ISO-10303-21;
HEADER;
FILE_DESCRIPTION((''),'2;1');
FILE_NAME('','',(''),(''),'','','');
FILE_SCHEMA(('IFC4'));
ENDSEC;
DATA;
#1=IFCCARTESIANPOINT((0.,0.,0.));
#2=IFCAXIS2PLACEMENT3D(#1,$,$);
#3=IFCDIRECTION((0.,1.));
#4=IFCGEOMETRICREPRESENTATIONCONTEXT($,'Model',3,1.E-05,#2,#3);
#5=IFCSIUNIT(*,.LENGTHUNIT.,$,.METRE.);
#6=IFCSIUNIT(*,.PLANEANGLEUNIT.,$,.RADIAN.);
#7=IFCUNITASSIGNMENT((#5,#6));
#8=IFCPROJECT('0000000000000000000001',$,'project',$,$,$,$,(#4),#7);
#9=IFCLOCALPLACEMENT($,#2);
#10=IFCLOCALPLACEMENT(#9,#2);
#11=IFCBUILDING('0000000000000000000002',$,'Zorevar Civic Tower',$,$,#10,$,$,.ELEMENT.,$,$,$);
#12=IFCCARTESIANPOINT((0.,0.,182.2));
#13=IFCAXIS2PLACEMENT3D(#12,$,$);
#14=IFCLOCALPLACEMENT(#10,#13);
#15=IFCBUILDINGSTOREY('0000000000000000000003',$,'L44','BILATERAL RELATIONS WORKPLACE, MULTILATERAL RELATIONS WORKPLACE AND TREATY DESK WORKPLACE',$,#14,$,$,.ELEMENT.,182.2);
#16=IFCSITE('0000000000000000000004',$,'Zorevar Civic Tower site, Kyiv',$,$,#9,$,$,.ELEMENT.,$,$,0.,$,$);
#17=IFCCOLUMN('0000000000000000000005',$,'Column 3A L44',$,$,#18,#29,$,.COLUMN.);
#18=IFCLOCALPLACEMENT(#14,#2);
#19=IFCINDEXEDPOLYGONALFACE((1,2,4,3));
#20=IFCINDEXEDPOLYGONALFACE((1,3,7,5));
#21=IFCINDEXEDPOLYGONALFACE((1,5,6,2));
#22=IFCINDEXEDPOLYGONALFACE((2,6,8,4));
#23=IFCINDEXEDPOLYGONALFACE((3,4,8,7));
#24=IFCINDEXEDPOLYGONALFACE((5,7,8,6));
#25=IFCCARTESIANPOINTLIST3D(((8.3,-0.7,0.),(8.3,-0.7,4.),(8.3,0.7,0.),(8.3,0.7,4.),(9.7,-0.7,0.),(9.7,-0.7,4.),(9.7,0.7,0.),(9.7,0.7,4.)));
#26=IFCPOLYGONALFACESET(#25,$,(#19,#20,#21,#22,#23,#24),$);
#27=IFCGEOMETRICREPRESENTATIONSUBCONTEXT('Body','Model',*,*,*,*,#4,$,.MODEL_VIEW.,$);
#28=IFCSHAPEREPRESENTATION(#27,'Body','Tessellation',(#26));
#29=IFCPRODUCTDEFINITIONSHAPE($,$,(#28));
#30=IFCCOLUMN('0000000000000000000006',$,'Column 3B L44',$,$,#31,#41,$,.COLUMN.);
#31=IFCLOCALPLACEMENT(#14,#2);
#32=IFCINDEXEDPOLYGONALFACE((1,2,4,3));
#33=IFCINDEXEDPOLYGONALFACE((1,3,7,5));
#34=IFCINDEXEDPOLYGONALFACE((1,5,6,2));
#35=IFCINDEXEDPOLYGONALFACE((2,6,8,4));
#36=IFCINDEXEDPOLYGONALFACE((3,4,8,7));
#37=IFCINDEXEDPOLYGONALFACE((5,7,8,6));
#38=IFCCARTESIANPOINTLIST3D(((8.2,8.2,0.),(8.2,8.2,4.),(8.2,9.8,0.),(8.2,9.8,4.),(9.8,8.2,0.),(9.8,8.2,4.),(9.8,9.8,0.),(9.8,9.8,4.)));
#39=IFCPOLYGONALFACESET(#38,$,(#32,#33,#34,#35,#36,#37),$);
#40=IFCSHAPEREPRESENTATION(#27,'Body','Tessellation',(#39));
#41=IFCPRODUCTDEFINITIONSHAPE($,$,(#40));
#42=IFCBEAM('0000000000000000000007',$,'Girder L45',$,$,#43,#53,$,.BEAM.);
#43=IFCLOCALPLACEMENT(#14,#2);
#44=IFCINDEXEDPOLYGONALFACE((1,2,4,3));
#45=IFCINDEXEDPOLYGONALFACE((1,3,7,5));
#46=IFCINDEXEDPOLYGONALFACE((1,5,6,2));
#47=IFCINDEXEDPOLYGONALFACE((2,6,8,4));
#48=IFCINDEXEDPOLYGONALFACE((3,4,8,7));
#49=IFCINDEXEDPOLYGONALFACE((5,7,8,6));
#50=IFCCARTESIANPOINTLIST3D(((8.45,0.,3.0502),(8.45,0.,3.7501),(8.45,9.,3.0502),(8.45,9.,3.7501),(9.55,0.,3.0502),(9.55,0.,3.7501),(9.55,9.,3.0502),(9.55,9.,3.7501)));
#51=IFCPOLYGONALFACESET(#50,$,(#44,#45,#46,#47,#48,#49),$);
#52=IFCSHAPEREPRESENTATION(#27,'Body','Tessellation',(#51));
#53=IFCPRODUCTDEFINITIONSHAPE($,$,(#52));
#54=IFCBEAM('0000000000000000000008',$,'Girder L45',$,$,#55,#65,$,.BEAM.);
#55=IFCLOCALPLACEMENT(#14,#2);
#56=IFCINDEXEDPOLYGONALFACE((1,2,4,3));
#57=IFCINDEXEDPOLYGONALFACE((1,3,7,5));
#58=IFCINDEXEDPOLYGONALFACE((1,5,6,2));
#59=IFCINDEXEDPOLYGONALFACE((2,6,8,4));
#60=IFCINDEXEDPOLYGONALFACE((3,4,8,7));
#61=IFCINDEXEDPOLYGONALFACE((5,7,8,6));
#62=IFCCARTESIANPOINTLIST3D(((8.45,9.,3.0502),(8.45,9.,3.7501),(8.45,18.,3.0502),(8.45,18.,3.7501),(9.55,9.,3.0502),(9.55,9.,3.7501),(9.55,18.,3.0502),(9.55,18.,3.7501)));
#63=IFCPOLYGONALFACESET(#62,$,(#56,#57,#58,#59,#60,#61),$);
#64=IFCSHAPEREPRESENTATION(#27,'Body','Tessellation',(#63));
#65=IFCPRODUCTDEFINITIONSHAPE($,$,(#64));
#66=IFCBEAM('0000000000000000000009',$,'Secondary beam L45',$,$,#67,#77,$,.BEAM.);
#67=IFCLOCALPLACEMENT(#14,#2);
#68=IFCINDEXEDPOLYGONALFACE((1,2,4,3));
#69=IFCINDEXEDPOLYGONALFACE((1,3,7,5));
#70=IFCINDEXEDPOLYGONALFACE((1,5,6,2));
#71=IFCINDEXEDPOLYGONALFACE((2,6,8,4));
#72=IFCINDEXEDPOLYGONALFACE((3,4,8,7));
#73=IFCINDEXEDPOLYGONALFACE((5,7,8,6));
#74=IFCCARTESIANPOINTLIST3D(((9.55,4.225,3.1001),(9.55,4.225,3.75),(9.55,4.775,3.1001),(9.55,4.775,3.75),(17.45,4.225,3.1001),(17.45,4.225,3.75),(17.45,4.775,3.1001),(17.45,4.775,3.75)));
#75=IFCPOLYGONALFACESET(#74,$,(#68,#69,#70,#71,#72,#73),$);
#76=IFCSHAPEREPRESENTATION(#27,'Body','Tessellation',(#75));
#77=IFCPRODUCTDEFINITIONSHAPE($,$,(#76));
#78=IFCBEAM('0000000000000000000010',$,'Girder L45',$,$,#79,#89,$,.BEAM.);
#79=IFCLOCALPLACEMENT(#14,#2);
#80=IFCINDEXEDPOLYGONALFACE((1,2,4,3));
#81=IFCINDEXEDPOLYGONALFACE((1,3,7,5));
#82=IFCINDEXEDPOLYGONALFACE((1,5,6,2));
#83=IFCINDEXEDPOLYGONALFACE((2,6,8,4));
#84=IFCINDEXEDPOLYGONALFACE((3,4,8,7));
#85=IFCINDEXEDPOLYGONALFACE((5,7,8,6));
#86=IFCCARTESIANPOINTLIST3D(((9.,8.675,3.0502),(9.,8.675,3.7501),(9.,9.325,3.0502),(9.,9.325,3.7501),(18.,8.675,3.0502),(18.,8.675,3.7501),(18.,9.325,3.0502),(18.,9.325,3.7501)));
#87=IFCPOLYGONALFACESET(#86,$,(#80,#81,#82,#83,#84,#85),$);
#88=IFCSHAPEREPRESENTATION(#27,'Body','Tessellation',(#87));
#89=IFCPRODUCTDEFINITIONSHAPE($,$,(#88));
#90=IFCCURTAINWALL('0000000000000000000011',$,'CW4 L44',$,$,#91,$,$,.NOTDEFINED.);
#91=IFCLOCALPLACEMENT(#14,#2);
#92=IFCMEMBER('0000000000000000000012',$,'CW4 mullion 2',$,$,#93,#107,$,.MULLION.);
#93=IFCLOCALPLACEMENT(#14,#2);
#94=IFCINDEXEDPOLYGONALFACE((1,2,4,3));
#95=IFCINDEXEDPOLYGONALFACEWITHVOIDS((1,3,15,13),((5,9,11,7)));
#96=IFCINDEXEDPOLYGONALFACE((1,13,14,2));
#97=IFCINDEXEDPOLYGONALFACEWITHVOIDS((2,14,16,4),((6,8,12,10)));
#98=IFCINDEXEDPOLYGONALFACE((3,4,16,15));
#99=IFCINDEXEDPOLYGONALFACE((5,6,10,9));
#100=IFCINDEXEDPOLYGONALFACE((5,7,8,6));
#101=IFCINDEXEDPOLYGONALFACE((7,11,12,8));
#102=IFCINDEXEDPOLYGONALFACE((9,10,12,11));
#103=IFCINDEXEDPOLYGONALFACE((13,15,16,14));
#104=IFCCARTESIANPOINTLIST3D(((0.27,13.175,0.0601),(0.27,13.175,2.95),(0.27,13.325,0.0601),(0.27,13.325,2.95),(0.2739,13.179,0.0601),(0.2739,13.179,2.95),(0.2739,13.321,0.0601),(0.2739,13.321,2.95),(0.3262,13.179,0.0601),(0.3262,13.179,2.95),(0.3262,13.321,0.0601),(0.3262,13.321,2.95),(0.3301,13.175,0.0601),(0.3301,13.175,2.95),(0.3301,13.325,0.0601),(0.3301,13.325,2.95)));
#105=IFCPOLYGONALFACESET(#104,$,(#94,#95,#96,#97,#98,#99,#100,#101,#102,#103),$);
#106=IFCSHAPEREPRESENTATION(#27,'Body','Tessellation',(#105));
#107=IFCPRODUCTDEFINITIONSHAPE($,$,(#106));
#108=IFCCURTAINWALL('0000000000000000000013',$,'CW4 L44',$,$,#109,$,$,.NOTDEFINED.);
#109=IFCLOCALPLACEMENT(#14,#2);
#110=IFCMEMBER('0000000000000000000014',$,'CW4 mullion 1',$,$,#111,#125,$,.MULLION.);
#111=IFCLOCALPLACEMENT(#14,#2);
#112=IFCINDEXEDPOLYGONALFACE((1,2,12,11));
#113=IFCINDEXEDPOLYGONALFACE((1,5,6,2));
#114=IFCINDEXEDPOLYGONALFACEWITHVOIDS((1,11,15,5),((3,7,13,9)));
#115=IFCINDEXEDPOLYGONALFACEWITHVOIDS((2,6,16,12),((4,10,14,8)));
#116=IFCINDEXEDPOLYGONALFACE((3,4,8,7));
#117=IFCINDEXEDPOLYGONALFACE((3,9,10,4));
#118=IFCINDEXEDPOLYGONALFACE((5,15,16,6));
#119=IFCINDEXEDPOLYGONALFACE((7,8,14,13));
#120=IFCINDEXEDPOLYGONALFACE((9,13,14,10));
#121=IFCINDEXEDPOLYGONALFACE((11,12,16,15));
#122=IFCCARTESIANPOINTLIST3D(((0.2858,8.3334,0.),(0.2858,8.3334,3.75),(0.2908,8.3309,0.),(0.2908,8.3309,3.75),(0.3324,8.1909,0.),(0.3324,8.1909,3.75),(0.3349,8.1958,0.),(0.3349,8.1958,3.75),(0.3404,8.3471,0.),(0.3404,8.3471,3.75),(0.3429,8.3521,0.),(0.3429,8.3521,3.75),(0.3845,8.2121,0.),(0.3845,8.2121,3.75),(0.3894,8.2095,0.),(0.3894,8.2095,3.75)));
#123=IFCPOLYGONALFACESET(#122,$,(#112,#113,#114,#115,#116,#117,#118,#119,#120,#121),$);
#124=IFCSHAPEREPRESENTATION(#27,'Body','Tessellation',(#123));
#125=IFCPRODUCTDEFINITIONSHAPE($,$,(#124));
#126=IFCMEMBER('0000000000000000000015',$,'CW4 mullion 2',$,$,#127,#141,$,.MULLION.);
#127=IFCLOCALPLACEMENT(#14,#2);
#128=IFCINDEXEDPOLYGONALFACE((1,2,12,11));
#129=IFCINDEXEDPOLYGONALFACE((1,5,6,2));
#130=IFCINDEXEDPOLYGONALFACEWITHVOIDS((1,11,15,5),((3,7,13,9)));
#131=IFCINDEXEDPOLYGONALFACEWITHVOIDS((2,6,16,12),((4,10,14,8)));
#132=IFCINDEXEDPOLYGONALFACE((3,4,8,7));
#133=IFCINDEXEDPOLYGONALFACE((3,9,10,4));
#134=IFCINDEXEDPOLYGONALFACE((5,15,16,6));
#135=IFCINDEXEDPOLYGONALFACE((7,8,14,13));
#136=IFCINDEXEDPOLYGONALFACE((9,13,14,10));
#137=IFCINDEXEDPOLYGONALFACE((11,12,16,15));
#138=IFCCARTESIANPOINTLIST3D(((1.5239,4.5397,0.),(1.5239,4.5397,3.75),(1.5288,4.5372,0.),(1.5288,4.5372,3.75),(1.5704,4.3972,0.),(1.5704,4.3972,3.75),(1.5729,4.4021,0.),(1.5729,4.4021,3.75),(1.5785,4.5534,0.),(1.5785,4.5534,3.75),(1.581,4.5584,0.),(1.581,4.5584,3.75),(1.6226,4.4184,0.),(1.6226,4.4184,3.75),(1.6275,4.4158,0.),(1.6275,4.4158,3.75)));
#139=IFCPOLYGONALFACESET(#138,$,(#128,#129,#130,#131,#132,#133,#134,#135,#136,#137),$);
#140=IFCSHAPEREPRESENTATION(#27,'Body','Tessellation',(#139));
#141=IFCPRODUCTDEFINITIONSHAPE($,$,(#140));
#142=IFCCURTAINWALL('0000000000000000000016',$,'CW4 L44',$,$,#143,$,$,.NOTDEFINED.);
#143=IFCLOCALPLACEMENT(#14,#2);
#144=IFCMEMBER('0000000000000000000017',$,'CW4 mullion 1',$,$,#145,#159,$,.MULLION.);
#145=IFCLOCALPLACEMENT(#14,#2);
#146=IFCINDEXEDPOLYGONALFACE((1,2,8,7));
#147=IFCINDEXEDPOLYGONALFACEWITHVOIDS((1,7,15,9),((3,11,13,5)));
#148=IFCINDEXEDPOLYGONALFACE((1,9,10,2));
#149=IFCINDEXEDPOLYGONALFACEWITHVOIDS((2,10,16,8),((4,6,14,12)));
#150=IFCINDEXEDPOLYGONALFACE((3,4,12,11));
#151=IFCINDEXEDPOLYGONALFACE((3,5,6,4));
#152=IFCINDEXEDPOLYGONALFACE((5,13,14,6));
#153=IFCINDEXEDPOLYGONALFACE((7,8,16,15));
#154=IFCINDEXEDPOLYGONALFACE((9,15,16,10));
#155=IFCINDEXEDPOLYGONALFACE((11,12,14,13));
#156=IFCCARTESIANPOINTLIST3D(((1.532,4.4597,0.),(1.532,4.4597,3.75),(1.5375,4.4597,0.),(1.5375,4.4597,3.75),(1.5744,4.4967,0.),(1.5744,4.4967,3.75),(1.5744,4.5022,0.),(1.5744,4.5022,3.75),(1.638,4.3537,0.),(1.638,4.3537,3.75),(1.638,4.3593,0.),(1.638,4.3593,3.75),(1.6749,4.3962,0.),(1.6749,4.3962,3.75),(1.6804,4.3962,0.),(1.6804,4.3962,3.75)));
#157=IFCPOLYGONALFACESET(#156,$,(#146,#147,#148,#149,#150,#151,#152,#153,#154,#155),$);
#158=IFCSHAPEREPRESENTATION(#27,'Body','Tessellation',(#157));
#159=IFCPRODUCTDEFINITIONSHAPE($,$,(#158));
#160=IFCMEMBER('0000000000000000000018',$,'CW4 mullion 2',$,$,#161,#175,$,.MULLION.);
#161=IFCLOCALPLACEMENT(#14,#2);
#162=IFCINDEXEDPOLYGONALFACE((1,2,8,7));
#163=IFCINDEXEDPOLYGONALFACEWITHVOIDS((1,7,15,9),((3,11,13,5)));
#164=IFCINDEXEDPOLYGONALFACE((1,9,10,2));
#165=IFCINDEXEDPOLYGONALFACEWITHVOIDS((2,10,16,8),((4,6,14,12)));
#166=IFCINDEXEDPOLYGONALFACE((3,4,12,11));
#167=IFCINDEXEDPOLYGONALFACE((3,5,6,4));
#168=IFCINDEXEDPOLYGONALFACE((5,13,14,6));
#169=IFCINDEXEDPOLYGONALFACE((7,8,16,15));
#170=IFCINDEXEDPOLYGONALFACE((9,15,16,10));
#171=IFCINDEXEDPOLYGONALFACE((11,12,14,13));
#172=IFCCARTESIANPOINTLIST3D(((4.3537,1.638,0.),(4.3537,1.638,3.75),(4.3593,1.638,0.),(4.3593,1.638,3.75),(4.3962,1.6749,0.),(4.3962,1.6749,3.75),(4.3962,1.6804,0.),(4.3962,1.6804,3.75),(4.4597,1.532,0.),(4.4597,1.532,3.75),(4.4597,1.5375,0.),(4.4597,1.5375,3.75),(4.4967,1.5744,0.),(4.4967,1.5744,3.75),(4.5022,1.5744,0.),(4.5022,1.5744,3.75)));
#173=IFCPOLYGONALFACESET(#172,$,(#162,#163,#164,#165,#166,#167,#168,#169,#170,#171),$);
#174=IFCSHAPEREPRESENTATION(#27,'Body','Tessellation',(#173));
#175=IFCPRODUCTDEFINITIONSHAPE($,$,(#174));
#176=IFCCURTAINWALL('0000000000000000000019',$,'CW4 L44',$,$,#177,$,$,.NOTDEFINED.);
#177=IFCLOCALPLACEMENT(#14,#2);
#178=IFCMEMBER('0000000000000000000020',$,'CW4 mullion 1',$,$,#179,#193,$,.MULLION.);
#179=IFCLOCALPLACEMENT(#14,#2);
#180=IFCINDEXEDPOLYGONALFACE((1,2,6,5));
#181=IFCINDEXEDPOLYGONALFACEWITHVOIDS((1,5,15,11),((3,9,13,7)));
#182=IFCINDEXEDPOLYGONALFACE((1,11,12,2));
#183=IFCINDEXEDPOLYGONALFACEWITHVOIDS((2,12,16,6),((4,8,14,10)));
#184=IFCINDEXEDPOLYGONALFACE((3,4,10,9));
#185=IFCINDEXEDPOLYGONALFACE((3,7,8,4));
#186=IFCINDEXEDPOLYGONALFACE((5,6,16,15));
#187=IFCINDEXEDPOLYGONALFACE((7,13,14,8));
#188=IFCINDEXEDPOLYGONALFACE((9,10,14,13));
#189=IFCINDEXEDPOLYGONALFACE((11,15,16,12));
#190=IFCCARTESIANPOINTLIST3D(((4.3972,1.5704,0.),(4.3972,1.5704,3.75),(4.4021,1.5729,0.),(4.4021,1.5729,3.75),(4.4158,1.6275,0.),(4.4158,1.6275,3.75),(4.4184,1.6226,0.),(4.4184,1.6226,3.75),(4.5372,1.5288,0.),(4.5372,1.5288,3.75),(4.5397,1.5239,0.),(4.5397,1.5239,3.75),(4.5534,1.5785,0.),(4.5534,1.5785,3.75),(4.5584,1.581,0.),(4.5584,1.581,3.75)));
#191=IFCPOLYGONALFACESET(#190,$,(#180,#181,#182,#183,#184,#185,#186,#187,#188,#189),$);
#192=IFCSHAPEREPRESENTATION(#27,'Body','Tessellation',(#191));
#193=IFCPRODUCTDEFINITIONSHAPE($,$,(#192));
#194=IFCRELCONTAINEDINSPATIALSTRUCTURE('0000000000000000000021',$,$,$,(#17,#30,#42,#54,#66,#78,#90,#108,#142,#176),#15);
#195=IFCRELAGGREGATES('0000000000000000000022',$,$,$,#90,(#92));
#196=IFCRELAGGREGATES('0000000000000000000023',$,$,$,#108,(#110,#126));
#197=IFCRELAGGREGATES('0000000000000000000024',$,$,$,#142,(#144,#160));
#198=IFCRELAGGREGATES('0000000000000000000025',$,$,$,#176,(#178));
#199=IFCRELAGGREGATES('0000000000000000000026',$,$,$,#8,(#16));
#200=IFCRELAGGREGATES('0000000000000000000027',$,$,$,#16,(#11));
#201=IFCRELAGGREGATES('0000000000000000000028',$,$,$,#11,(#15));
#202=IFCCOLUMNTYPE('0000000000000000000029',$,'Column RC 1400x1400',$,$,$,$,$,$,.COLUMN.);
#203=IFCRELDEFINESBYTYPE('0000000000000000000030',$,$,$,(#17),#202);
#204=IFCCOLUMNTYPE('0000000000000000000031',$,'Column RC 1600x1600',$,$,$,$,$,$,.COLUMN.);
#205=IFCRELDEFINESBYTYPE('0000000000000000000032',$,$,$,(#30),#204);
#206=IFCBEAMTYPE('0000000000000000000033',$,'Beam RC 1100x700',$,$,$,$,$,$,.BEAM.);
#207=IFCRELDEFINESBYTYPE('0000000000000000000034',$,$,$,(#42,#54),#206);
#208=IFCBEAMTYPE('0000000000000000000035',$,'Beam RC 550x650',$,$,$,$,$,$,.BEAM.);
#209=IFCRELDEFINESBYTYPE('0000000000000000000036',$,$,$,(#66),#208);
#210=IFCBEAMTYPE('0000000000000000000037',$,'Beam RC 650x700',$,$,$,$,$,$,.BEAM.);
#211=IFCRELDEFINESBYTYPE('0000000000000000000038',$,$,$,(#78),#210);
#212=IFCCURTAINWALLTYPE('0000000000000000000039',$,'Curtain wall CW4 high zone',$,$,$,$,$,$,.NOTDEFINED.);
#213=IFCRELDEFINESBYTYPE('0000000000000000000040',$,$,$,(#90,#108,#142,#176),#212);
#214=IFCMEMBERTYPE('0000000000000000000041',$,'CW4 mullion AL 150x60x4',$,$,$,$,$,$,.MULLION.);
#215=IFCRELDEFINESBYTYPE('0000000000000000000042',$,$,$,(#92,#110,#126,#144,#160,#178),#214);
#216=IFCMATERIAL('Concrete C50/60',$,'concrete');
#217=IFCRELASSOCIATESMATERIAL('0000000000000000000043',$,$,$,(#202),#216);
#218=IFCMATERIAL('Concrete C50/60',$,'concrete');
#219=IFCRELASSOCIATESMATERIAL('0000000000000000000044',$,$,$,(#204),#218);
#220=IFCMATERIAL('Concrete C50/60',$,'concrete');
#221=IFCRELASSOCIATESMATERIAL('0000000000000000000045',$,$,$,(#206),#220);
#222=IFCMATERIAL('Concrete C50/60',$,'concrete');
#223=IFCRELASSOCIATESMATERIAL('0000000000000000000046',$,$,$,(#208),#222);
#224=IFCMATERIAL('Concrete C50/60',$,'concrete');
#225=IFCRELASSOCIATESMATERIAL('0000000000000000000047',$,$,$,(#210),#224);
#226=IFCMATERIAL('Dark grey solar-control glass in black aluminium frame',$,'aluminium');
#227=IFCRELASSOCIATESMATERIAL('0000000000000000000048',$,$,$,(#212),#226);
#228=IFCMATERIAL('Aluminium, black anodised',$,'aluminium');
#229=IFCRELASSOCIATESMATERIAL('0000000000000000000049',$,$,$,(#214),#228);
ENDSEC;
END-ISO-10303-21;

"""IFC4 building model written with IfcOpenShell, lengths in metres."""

from ifc_helpers import new_model, si_unit, direction, frame, origin, origin_2d, place, context, subcontext, project, spatial, rectangle, hollow_rectangle, extrude, material, material_profile, profile_set, type_object, element, aggregate, save


model = new_model("IFC4")

# Units and contexts
model_context = context("Model", 3, precision=1e-05, world=origin(), true_north=direction((0.0, 1.0)))
body_context = subcontext(model_context, "Body", "Model", "MODEL_VIEW")
ifc_project = project(units=[si_unit("LENGTHUNIT", "METRE"), si_unit("PLANEANGLEUNIT", "RADIAN")], contexts=[model_context])

# Site, building, storey
site_placement = place(None, origin())
site = spatial("IfcSite", under=ifc_project, at=site_placement, Name="Zorevar Civic Tower site, Kyiv", CompositionType="ELEMENT", RefElevation=0.0)
building_placement = place(site_placement, origin())
building = spatial("IfcBuilding", under=site, at=building_placement, Name="Zorevar Civic Tower", CompositionType="ELEMENT")
storey_placement = place(building_placement, frame((0.0, 0.0, 182.2)))
storey = spatial("IfcBuildingStorey", under=building, at=storey_placement, Name="L44", Description="BILATERAL RELATIONS WORKPLACE, MULTILATERAL RELATIONS WORKPLACE AND TREATY DESK WORKPLACE", CompositionType="ELEMENT", Elevation=182.2)

# Columns
ifc_material_1 = material(Name="Concrete C50/60", Category="concrete")
ifc_material_profile_1 = material_profile(ifc_material_1, rectangle(XDim=1.3999, YDim=1.3999, at=origin_2d()), Name="RC 1400x1400")
ifc_profile_set_1 = profile_set([ifc_material_profile_1], Name="Concrete C50/60")
column_type_1 = type_object("IfcColumnType", Name="Column RC 1400x1400", PredefinedType="COLUMN", material=ifc_profile_set_1)
column_1_placement = place(storey_placement, frame((9.0, 0.0, 0.0), z_axis=(0.0, 0.0, 1.0), x_axis=(1.0, 0.0, 0.0)))
element("IfcColumn", 1, at=column_1_placement, inside=storey, type_object=column_type_1, Name="Column 3A L44", PredefinedType="COLUMN", context=body_context, shape_type="SweptSolid", body=[
    extrude(rectangle(XDim=1.3999, YDim=1.3999, at=origin_2d()), origin(), (0.0, 0.0, 1.0), 4.0),
])
ifc_material_2 = material(Name="Concrete C50/60", Category="concrete")
ifc_material_profile_2 = material_profile(ifc_material_2, rectangle(XDim=1.6001, YDim=1.6001, at=origin_2d()), Name="RC 1600x1600")
ifc_profile_set_2 = profile_set([ifc_material_profile_2], Name="Concrete C50/60")
column_type_2 = type_object("IfcColumnType", Name="Column RC 1600x1600", PredefinedType="COLUMN", material=ifc_profile_set_2)
column_2_placement = place(storey_placement, frame((9.0, 9.0, 0.0), z_axis=(0.0, 0.0, 1.0), x_axis=(1.0, 0.0, 0.0)))
element("IfcColumn", 2, at=column_2_placement, inside=storey, type_object=column_type_2, Name="Column 3B L44", PredefinedType="COLUMN", context=body_context, shape_type="SweptSolid", body=[
    extrude(rectangle(XDim=1.6001, YDim=1.6001, at=origin_2d()), origin(), (0.0, 0.0, 1.0), 4.0),
])

# Beams
ifc_material_3 = material(Name="Concrete C50/60", Category="concrete")
ifc_material_profile_3 = material_profile(ifc_material_3, rectangle(XDim=1.1001, YDim=0.7, at=origin_2d()), Name="RC 1100x700")
ifc_profile_set_3 = profile_set([ifc_material_profile_3], Name="Concrete C50/60")
beam_type_1 = type_object("IfcBeamType", Name="Beam RC 1100x700", PredefinedType="BEAM", material=ifc_profile_set_3)
for number, where, z_axis, x_axis, name in (
    (3, (9.0, 0.0, 3.4001), (0.0, 1.0, 0.0), (-1.0, 0.0, 0.0), "Girder L45"),
    (4, (9.0, 9.0, 3.4001), (0.0, 1.0, 0.0), (-1.0, 0.0, 0.0), "Girder L45"),
):
    element("IfcBeam", number, at=place(storey_placement, frame(where, z_axis=z_axis, x_axis=x_axis)), inside=storey, type_object=beam_type_1, Name=name, PredefinedType="BEAM", context=body_context, shape_type="SweptSolid", body=[
        extrude(rectangle(XDim=1.1001, YDim=0.7, at=origin_2d()), origin(), (0.0, 0.0, 1.0), 9.0),
    ])
ifc_material_4 = material(Name="Concrete C50/60", Category="concrete")
ifc_material_profile_4 = material_profile(ifc_material_4, rectangle(XDim=0.55, YDim=0.6499, at=origin_2d()), Name="RC 550x650")
ifc_profile_set_4 = profile_set([ifc_material_profile_4], Name="Concrete C50/60")
beam_type_2 = type_object("IfcBeamType", Name="Beam RC 550x650", PredefinedType="BEAM", material=ifc_profile_set_4)
beam_1_placement = place(storey_placement, frame((9.55, 4.5, 3.425), z_axis=(1.0, 0.0, 0.0), x_axis=(0.0, 1.0, 0.0)))
element("IfcBeam", 5, at=beam_1_placement, inside=storey, type_object=beam_type_2, Name="Secondary beam L45", PredefinedType="BEAM", context=body_context, shape_type="SweptSolid", body=[
    extrude(rectangle(XDim=0.55, YDim=0.6499, at=origin_2d()), origin(), (0.0, 0.0, 1.0), 7.8999),
])
ifc_material_5 = material(Name="Concrete C50/60", Category="concrete")
ifc_material_profile_5 = material_profile(ifc_material_5, rectangle(XDim=0.6499, YDim=0.7, at=origin_2d()), Name="RC 650x700")
ifc_profile_set_5 = profile_set([ifc_material_profile_5], Name="Concrete C50/60")
beam_type_3 = type_object("IfcBeamType", Name="Beam RC 650x700", PredefinedType="BEAM", material=ifc_profile_set_5)
beam_2_placement = place(storey_placement, frame((9.0, 9.0, 3.4001), z_axis=(1.0, 0.0, 0.0), x_axis=(0.0, 1.0, 0.0)))
element("IfcBeam", 6, at=beam_2_placement, inside=storey, type_object=beam_type_3, Name="Girder L45", PredefinedType="BEAM", context=body_context, shape_type="SweptSolid", body=[
    extrude(rectangle(XDim=0.6499, YDim=0.7, at=origin_2d()), origin(), (0.0, 0.0, 1.0), 9.0),
])

# Curtain wall, member
ifc_material_6 = material(Name="Dark grey solar-control glass in black aluminium frame", Category="aluminium")
curtain_wall_type = type_object("IfcCurtainWallType", Name="Curtain wall CW4 high zone", PredefinedType="NOTDEFINED", material=ifc_material_6)
curtain_wall_1_placement = place(storey_placement, origin())
curtain_wall_1 = element("IfcCurtainWall", 7, at=curtain_wall_1_placement, inside=storey, type_object=curtain_wall_type, Name="CW4 L44", PredefinedType="NOTDEFINED")
ifc_material_7 = material(Name="Aluminium, black anodised", Category="aluminium")
ifc_material_profile_6 = material_profile(ifc_material_7, hollow_rectangle(XDim=0.0601, YDim=0.1499, WallThickness=0.0039, at=origin_2d()), Name="AL 150x60x4")
ifc_profile_set_6 = profile_set([ifc_material_profile_6], Name="Aluminium, black anodised")
member_type_1 = type_object("IfcMemberType", Name="CW4 mullion AL 150x60x4", PredefinedType="MULLION", material=ifc_profile_set_6)
member_1_placement = place(storey_placement, frame((0.3, 13.25, 0.0601), z_axis=(0.0, 0.0, 1.0), x_axis=(-1.0, 0.0, 0.0)))
member_1 = element("IfcMember", 8, at=member_1_placement, type_object=member_type_1, Name="CW4 mullion 2", PredefinedType="MULLION", context=body_context, shape_type="SweptSolid", body=[
    extrude(hollow_rectangle(XDim=0.0601, YDim=0.1499, WallThickness=0.0039, at=origin_2d()), origin(), (0.0, 0.0, 1.0), 2.8899),
])
aggregate(curtain_wall_1, [member_1])

# Curtain walls, members
curtain_wall_2_placement = place(storey_placement, origin())
curtain_wall_2 = element("IfcCurtainWall", 9, at=curtain_wall_2_placement, inside=storey, type_object=curtain_wall_type, Name="CW4 L44", PredefinedType="NOTDEFINED")
member_2_placement = place(storey_placement, frame((0.3376, 8.2715, 0.0), z_axis=(0.0, 0.0, 1.0), x_axis=(0.950645, 0.310281, 0.0)))
member_2 = element("IfcMember", 10, at=member_2_placement, type_object=member_type_1, Name="CW4 mullion 1", PredefinedType="MULLION", context=body_context, shape_type="SweptSolid", body=[
    extrude(hollow_rectangle(XDim=0.0601, YDim=0.1499, WallThickness=0.0039, at=origin_2d()), origin(), (0.0, 0.0, 1.0), 3.75),
])
member_3_placement = place(storey_placement, frame((1.5757, 4.4778, 0.0), z_axis=(0.0, 0.0, 1.0), x_axis=(0.950645, 0.310281, 0.0)))
member_3 = element("IfcMember", 11, at=member_3_placement, type_object=member_type_1, Name="CW4 mullion 2", PredefinedType="MULLION", context=body_context, shape_type="SweptSolid", body=[
    extrude(hollow_rectangle(XDim=0.0601, YDim=0.1499, WallThickness=0.0039, at=origin_2d()), origin(), (0.0, 0.0, 1.0), 3.75),
])
curtain_wall_3_placement = place(storey_placement, origin())
curtain_wall_3 = element("IfcCurtainWall", 12, at=curtain_wall_3_placement, inside=storey, type_object=curtain_wall_type, Name="CW4 L44", PredefinedType="NOTDEFINED")
member_4_placement = place(storey_placement, frame((1.6062, 4.428, 0.0), z_axis=(0.0, 0.0, 1.0), x_axis=(0.707107, 0.707107, 0.0)))
member_4 = element("IfcMember", 13, at=member_4_placement, type_object=member_type_1, Name="CW4 mullion 1", PredefinedType="MULLION", context=body_context, shape_type="SweptSolid", body=[
    extrude(hollow_rectangle(XDim=0.0601, YDim=0.1499, WallThickness=0.0039, at=origin_2d()), origin(), (0.0, 0.0, 1.0), 3.75),
])
member_5_placement = place(storey_placement, frame((4.428, 1.6062, 0.0), z_axis=(0.0, 0.0, 1.0), x_axis=(0.707107, 0.707107, 0.0)))
member_5 = element("IfcMember", 14, at=member_5_placement, type_object=member_type_1, Name="CW4 mullion 2", PredefinedType="MULLION", context=body_context, shape_type="SweptSolid", body=[
    extrude(hollow_rectangle(XDim=0.0601, YDim=0.1499, WallThickness=0.0039, at=origin_2d()), origin(), (0.0, 0.0, 1.0), 3.75),
])
curtain_wall_4_placement = place(storey_placement, origin())
curtain_wall_4 = element("IfcCurtainWall", 15, at=curtain_wall_4_placement, inside=storey, type_object=curtain_wall_type, Name="CW4 L44", PredefinedType="NOTDEFINED")
member_6_placement = place(storey_placement, frame((4.4778, 1.5757, 0.0), z_axis=(0.0, 0.0, 1.0), x_axis=(0.310281, 0.950645, 0.0)))
member_6 = element("IfcMember", 16, at=member_6_placement, type_object=member_type_1, Name="CW4 mullion 1", PredefinedType="MULLION", context=body_context, shape_type="SweptSolid", body=[
    extrude(hollow_rectangle(XDim=0.0601, YDim=0.1499, WallThickness=0.0039, at=origin_2d()), origin(), (0.0, 0.0, 1.0), 3.75),
])

aggregate(curtain_wall_2, [member_2, member_3])
aggregate(curtain_wall_3, [member_4, member_5])
aggregate(curtain_wall_4, [member_6])

save(model, "model.ifc")
